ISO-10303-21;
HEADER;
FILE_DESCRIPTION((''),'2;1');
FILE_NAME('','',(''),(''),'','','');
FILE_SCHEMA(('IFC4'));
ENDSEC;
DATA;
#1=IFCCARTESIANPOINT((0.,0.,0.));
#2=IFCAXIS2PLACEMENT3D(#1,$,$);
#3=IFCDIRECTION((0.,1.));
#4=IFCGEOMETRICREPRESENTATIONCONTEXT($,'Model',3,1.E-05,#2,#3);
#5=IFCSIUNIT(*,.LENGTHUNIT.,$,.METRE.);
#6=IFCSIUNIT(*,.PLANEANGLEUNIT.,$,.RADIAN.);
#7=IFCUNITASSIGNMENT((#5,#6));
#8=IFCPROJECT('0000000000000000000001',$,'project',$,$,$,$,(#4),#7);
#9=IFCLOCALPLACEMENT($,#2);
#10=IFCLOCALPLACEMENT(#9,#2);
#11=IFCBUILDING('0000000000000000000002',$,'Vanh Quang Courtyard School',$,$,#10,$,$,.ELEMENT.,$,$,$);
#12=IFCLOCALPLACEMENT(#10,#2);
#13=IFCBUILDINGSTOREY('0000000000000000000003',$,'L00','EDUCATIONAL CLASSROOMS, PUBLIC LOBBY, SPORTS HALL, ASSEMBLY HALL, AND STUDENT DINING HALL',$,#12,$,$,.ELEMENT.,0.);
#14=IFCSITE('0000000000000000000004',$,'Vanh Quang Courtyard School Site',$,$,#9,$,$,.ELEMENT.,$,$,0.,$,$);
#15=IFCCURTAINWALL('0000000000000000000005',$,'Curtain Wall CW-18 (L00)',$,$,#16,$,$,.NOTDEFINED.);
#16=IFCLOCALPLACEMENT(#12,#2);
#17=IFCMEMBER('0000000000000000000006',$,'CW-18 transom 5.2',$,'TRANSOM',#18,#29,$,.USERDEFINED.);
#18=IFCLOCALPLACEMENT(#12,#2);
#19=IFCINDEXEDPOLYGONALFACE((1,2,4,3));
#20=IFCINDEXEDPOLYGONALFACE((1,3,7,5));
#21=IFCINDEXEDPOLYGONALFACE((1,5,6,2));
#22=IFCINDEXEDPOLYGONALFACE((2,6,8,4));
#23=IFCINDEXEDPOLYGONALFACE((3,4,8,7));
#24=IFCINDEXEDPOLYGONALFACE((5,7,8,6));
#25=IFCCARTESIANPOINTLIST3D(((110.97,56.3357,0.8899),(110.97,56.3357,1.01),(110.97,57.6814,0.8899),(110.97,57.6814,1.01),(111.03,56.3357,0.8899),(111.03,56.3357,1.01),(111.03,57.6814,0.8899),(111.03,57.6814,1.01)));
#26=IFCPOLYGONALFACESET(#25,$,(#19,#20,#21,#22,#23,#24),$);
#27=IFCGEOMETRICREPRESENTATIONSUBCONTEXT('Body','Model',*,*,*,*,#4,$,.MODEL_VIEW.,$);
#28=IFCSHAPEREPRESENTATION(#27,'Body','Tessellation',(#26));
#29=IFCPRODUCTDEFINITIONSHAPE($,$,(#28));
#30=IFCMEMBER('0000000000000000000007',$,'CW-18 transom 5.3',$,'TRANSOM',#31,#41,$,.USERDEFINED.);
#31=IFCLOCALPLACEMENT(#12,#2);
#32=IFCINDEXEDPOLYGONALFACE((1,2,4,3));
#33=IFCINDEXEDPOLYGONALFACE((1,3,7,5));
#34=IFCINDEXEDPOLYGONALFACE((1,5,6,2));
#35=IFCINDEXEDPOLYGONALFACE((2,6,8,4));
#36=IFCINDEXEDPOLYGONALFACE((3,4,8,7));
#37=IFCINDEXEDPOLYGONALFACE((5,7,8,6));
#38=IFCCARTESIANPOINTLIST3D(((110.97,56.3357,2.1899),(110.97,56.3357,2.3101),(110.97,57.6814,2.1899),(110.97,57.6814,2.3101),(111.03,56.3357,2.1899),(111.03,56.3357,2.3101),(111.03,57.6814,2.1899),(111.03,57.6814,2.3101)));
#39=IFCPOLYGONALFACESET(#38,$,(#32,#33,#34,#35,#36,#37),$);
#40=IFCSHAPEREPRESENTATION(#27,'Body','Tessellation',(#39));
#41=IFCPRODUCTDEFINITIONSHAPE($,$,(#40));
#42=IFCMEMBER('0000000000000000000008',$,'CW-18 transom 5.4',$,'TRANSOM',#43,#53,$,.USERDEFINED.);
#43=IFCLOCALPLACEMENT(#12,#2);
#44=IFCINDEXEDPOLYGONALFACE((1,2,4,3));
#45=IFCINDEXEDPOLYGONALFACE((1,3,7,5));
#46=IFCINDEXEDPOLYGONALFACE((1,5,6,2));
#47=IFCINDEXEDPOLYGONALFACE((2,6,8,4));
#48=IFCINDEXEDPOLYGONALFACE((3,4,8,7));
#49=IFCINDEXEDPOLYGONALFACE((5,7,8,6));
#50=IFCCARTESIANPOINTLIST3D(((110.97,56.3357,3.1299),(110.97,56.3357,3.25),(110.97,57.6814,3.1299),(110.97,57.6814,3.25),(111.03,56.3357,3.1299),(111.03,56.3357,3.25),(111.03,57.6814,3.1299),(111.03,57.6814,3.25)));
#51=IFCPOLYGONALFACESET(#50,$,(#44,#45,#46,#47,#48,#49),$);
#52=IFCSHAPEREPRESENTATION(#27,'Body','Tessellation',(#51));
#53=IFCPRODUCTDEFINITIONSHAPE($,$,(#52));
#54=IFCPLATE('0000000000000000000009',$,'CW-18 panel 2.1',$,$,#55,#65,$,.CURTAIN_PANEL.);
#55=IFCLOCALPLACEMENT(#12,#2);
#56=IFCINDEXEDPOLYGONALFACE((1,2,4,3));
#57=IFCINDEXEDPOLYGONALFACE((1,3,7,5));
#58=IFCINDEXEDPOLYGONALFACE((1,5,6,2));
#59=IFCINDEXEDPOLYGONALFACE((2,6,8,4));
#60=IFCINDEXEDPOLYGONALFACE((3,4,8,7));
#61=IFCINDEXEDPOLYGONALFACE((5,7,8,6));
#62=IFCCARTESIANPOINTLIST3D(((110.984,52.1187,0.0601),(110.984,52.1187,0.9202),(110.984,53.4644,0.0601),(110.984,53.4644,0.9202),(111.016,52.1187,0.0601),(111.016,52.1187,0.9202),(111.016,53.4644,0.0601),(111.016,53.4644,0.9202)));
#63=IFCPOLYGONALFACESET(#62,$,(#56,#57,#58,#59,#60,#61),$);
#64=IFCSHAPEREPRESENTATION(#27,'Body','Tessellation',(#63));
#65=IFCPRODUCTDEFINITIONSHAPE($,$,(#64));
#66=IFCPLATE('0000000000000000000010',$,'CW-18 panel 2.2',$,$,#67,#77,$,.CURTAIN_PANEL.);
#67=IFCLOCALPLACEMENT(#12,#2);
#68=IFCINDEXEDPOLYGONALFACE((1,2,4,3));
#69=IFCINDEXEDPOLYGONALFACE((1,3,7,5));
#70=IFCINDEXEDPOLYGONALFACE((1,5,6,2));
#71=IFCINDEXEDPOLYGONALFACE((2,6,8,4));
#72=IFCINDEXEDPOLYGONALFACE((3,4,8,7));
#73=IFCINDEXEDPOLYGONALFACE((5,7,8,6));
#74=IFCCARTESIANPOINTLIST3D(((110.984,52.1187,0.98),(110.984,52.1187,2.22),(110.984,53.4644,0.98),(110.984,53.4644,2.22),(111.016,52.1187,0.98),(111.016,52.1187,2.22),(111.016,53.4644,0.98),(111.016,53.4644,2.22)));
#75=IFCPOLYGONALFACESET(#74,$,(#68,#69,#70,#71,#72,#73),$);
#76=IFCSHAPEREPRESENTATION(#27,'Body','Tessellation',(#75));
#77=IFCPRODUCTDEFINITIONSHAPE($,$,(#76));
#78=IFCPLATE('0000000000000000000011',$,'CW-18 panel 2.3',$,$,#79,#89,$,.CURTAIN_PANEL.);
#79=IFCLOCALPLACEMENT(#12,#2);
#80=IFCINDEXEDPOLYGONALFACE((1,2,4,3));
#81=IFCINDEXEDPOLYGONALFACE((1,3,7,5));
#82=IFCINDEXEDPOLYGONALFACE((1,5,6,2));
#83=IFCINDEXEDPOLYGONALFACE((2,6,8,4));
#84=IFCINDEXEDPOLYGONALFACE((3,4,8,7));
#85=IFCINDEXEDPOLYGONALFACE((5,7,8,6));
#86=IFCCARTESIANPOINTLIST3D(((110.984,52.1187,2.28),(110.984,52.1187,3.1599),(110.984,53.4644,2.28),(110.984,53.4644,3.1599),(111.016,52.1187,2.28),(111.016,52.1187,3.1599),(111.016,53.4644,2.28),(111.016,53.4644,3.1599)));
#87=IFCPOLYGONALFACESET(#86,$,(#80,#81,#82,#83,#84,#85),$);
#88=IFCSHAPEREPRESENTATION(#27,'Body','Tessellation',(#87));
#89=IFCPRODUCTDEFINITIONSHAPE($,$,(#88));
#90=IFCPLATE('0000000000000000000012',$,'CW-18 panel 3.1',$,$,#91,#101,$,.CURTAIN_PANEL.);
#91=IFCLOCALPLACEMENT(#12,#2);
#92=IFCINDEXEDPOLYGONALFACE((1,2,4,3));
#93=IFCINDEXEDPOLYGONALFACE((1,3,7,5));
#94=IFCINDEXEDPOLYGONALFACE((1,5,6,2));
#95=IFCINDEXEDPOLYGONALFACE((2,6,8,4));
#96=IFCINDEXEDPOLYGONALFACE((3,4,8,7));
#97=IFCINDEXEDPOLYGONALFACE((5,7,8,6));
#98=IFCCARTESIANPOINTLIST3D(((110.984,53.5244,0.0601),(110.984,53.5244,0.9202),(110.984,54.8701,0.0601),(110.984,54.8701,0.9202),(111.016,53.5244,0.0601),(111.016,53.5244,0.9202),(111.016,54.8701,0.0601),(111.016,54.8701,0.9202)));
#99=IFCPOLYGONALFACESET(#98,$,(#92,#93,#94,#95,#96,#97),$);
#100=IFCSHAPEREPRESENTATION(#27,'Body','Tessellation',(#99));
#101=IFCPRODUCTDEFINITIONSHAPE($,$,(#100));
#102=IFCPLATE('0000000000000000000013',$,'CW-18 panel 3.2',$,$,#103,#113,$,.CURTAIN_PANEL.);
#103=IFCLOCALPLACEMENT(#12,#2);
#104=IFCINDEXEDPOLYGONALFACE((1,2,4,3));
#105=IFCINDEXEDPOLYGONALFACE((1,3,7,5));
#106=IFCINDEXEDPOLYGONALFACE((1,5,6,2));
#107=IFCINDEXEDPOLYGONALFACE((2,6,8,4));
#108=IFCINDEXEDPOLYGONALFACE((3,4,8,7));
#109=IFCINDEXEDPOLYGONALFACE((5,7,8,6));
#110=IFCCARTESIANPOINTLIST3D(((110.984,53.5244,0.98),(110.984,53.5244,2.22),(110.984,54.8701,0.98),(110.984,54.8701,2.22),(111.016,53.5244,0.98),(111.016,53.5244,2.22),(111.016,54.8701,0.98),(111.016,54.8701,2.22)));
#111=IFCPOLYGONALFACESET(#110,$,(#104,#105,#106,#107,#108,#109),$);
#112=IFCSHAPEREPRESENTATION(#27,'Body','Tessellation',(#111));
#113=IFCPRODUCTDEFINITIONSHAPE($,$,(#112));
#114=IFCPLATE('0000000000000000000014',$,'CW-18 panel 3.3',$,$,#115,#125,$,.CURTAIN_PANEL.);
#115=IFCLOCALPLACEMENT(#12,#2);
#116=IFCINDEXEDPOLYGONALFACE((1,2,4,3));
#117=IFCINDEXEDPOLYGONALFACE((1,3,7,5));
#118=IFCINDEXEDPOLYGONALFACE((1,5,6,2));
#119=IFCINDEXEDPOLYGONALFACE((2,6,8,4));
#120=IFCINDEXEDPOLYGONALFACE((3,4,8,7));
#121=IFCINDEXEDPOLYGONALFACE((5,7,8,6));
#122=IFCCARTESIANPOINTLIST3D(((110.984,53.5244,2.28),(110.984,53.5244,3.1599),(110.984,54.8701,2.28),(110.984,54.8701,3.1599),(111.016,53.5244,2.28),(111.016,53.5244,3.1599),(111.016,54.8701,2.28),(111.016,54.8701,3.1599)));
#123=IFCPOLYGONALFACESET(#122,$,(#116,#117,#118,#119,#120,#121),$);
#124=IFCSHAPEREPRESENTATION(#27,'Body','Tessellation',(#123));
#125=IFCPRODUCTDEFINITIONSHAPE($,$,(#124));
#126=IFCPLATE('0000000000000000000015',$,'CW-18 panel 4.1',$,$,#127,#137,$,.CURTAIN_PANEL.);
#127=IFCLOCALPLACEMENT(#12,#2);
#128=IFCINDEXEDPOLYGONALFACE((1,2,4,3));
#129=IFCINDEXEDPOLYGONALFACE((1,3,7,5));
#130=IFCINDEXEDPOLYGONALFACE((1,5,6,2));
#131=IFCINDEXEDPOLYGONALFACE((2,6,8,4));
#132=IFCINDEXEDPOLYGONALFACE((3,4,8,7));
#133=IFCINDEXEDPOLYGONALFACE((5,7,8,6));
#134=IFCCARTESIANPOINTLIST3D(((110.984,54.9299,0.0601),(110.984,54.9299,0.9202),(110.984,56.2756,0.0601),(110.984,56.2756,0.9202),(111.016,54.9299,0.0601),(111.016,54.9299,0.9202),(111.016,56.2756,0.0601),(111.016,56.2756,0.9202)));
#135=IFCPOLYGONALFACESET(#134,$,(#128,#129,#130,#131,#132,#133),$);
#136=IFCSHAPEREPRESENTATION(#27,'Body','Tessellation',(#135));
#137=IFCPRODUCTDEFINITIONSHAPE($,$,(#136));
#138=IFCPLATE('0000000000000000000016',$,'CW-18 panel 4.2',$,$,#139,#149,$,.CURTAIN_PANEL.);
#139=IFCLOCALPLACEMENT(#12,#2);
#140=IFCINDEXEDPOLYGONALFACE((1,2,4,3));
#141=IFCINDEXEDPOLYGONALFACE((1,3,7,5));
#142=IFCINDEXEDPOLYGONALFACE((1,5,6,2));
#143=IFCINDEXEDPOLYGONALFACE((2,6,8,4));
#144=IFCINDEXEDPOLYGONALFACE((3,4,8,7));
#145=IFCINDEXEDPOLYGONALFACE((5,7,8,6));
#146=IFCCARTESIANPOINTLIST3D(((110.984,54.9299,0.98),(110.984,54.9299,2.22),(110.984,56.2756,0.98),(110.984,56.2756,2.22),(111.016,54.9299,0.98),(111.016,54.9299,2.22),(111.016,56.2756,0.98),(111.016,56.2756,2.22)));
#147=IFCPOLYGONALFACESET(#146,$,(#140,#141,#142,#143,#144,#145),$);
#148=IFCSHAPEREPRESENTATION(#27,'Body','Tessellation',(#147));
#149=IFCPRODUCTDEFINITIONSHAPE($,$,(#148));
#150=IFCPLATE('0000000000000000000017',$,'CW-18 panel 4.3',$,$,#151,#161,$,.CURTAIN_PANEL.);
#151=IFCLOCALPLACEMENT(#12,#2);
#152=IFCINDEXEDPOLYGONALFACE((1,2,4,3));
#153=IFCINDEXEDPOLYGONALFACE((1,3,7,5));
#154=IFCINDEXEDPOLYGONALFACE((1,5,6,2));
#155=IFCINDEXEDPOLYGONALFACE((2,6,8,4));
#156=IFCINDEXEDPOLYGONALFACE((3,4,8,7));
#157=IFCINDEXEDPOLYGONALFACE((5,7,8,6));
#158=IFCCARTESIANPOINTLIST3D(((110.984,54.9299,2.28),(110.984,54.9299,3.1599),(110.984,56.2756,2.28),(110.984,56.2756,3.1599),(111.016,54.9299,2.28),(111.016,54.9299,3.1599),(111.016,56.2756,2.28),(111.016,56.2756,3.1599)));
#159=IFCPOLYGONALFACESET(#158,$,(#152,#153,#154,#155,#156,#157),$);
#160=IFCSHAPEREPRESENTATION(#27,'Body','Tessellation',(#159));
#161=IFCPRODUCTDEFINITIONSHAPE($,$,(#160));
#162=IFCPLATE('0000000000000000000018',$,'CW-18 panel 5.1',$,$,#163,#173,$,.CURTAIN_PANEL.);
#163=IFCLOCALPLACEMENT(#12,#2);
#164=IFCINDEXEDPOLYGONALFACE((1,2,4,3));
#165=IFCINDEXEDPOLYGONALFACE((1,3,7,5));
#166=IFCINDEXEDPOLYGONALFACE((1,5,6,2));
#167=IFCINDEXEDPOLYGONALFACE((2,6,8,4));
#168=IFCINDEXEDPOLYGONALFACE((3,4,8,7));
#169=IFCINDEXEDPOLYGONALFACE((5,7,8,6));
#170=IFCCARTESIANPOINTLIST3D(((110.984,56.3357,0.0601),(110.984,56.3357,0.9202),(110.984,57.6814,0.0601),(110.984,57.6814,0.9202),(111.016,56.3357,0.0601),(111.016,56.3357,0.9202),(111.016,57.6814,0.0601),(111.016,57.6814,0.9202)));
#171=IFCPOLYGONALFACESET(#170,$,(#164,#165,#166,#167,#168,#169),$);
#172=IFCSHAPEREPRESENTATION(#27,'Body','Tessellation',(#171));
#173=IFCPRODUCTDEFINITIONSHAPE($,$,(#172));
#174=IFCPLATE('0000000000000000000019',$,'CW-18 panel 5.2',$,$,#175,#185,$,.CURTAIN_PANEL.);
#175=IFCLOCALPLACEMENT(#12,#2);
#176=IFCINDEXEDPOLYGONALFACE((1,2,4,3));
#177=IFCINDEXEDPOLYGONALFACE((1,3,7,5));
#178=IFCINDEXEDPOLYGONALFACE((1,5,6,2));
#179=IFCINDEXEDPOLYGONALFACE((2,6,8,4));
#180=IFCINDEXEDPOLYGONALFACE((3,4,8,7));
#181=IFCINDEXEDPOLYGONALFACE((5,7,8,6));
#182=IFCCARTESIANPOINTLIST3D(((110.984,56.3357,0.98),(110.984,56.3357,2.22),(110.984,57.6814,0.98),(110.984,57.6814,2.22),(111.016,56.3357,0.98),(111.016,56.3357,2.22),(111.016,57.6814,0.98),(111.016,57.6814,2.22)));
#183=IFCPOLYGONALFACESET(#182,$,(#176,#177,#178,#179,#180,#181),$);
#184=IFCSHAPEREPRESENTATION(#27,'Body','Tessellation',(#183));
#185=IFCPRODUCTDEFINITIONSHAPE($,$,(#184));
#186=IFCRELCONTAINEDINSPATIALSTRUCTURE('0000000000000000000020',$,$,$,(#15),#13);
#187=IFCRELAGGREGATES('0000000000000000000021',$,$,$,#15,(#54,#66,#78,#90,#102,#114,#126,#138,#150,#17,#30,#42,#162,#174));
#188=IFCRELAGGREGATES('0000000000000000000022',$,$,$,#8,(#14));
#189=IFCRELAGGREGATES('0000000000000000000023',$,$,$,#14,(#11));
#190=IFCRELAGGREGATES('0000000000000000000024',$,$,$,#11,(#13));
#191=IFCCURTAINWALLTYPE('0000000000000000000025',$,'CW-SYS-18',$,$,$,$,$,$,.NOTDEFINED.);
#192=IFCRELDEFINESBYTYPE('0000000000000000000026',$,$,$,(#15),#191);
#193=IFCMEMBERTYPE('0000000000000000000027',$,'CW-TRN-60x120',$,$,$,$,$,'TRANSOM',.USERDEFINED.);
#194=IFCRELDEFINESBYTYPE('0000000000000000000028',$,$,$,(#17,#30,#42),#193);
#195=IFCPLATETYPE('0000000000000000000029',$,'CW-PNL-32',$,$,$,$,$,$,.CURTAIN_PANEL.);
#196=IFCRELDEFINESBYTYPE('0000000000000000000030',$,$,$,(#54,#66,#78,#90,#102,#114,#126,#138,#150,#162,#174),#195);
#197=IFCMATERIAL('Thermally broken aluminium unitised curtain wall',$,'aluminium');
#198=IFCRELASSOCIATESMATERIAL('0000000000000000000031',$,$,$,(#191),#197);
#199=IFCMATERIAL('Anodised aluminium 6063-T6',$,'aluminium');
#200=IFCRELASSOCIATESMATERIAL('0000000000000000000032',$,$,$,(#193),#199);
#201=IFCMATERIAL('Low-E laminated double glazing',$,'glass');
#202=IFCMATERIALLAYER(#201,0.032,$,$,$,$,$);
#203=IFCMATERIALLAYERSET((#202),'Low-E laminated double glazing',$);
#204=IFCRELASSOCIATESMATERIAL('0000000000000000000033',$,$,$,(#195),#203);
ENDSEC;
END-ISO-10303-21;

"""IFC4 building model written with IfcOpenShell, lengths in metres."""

from ifc_helpers import new_model, si_unit, direction, frame, origin, origin_2d, place, context, subcontext, project, spatial, rectangle, extrude, material, layer, layer_set, material_profile, profile_set, type_object, element, aggregate, save


model = new_model("IFC4")

# Units and contexts
model_context = context("Model", 3, precision=1e-05, world=origin(), true_north=direction((0.0, 1.0)))
body_context = subcontext(model_context, "Body", "Model", "MODEL_VIEW")
ifc_project = project(units=[si_unit("LENGTHUNIT", "METRE"), si_unit("PLANEANGLEUNIT", "RADIAN")], contexts=[model_context])

# Site, building, storey
site_placement = place(None, origin())
site = spatial("IfcSite", under=ifc_project, at=site_placement, Name="Vanh Quang Courtyard School Site", CompositionType="ELEMENT", RefElevation=0.0)
building_placement = place(site_placement, origin())
building = spatial("IfcBuilding", under=site, at=building_placement, Name="Vanh Quang Courtyard School", CompositionType="ELEMENT")
storey_placement = place(building_placement, origin())
storey = spatial("IfcBuildingStorey", under=building, at=storey_placement, Name="L00", Description="EDUCATIONAL CLASSROOMS, PUBLIC LOBBY, SPORTS HALL, ASSEMBLY HALL, AND STUDENT DINING HALL", CompositionType="ELEMENT", Elevation=0.0)

# Curtain wall, members, plates
ifc_material_1 = material(Name="Thermally broken aluminium unitised curtain wall", Category="aluminium")
curtain_wall_type = type_object("IfcCurtainWallType", Name="CW-SYS-18", PredefinedType="NOTDEFINED", material=ifc_material_1)
curtain_wall_placement = place(storey_placement, origin())
curtain_wall = element("IfcCurtainWall", 1, at=curtain_wall_placement, inside=storey, type_object=curtain_wall_type, Name="Curtain Wall CW-18 (L00)", PredefinedType="NOTDEFINED")
ifc_material_2 = material(Name="Anodised aluminium 6063-T6", Category="aluminium")
ifc_material_profile_1 = material_profile(ifc_material_2, rectangle(XDim=0.0601, YDim=0.1201, at=origin_2d()), Name="ALU-TRN 60x120")
ifc_profile_set_1 = profile_set([ifc_material_profile_1], Name="Anodised aluminium 6063-T6")
member_type_1 = type_object("IfcMemberType", Name="CW-TRN-60x120", ElementType="TRANSOM", PredefinedType="USERDEFINED", material=ifc_profile_set_1)
member_1_placement = place(storey_placement, frame((111.0, 56.3357, 0.95), z_axis=(0.0, 1.0, 0.0), x_axis=(-1.0, 0.0, 0.0)))
member_1 = element("IfcMember", 2, at=member_1_placement, type_object=member_type_1, Name="CW-18 transom 5.2", ObjectType="TRANSOM", PredefinedType="USERDEFINED", context=body_context, shape_type="SweptSolid", body=[
    extrude(rectangle(XDim=0.0601, YDim=0.1201, at=origin_2d()), origin(), (0.0, 0.0, 1.0), 1.3457),
])
member_2_placement = place(storey_placement, frame((111.0, 56.3357, 2.25), z_axis=(0.0, 1.0, 0.0), x_axis=(-1.0, 0.0, 0.0)))
member_2 = element("IfcMember", 3, at=member_2_placement, type_object=member_type_1, Name="CW-18 transom 5.3", ObjectType="TRANSOM", PredefinedType="USERDEFINED", context=body_context, shape_type="SweptSolid", body=[
    extrude(rectangle(XDim=0.0601, YDim=0.1201, at=origin_2d()), origin(), (0.0, 0.0, 1.0), 1.3457),
])
member_3_placement = place(storey_placement, frame((111.0, 56.3357, 3.1899), z_axis=(0.0, 1.0, 0.0), x_axis=(-1.0, 0.0, 0.0)))
member_3 = element("IfcMember", 4, at=member_3_placement, type_object=member_type_1, Name="CW-18 transom 5.4", ObjectType="TRANSOM", PredefinedType="USERDEFINED", context=body_context, shape_type="SweptSolid", body=[
    extrude(rectangle(XDim=0.0601, YDim=0.1201, at=origin_2d()), origin(), (0.0, 0.0, 1.0), 1.3457),
])
ifc_material_3 = material(Name="Low-E laminated double glazing", Category="glass")
ifc_layer = layer(ifc_material_3, 0.032)
ifc_layer_set = layer_set([ifc_layer], Name="Low-E laminated double glazing")
plate_type = type_object("IfcPlateType", Name="CW-PNL-32", PredefinedType="CURTAIN_PANEL", material=ifc_layer_set)
plate_1_placement = place(storey_placement, frame((111.0, 52.7915, 0.0601), z_axis=(0.0, 0.0, 1.0), x_axis=(0.0, 1.0, 0.0)))
plate_1 = element("IfcPlate", 5, at=plate_1_placement, type_object=plate_type, Name="CW-18 panel 2.1", PredefinedType="CURTAIN_PANEL", context=body_context, shape_type="SweptSolid", body=[
    extrude(rectangle(XDim=1.3457, YDim=0.032, at=origin_2d()), origin(), (0.0, 0.0, 1.0), 0.8601),
])
plate_2_placement = place(storey_placement, frame((111.0, 52.7915, 0.98), z_axis=(0.0, 0.0, 1.0), x_axis=(0.0, 1.0, 0.0)))
plate_2 = element("IfcPlate", 6, at=plate_2_placement, type_object=plate_type, Name="CW-18 panel 2.2", PredefinedType="CURTAIN_PANEL", context=body_context, shape_type="SweptSolid", body=[
    extrude(rectangle(XDim=1.3457, YDim=0.032, at=origin_2d()), origin(), (0.0, 0.0, 1.0), 1.24),
])
plate_3_placement = place(storey_placement, frame((111.0, 52.7915, 2.28), z_axis=(0.0, 0.0, 1.0), x_axis=(0.0, 1.0, 0.0)))
plate_3 = element("IfcPlate", 7, at=plate_3_placement, type_object=plate_type, Name="CW-18 panel 2.3", PredefinedType="CURTAIN_PANEL", context=body_context, shape_type="SweptSolid", body=[
    extrude(rectangle(XDim=1.3457, YDim=0.032, at=origin_2d()), origin(), (0.0, 0.0, 1.0), 0.8799),
])
plate_4_placement = place(storey_placement, frame((111.0, 54.1973, 0.0601), z_axis=(0.0, 0.0, 1.0), x_axis=(0.0, 1.0, 0.0)))
plate_4 = element("IfcPlate", 8, at=plate_4_placement, type_object=plate_type, Name="CW-18 panel 3.1", PredefinedType="CURTAIN_PANEL", context=body_context, shape_type="SweptSolid", body=[
    extrude(rectangle(XDim=1.3457, YDim=0.032, at=origin_2d()), origin(), (0.0, 0.0, 1.0), 0.8601),
])
plate_5_placement = place(storey_placement, frame((111.0, 54.1973, 0.98), z_axis=(0.0, 0.0, 1.0), x_axis=(0.0, 1.0, 0.0)))
plate_5 = element("IfcPlate", 9, at=plate_5_placement, type_object=plate_type, Name="CW-18 panel 3.2", PredefinedType="CURTAIN_PANEL", context=body_context, shape_type="SweptSolid", body=[
    extrude(rectangle(XDim=1.3457, YDim=0.032, at=origin_2d()), origin(), (0.0, 0.0, 1.0), 1.24),
])
plate_6_placement = place(storey_placement, frame((111.0, 54.1973, 2.28), z_axis=(0.0, 0.0, 1.0), x_axis=(0.0, 1.0, 0.0)))
plate_6 = element("IfcPlate", 10, at=plate_6_placement, type_object=plate_type, Name="CW-18 panel 3.3", PredefinedType="CURTAIN_PANEL", context=body_context, shape_type="SweptSolid", body=[
    extrude(rectangle(XDim=1.3457, YDim=0.032, at=origin_2d()), origin(), (0.0, 0.0, 1.0), 0.8799),
])
plate_7_placement = place(storey_placement, frame((111.0, 55.6028, 0.0601), z_axis=(0.0, 0.0, 1.0), x_axis=(0.0, 1.0, 0.0)))
plate_7 = element("IfcPlate", 11, at=plate_7_placement, type_object=plate_type, Name="CW-18 panel 4.1", PredefinedType="CURTAIN_PANEL", context=body_context, shape_type="SweptSolid", body=[
    extrude(rectangle(XDim=1.3457, YDim=0.032, at=origin_2d()), origin(), (0.0, 0.0, 1.0), 0.8601),
])
plate_8_placement = place(storey_placement, frame((111.0, 55.6028, 0.98), z_axis=(0.0, 0.0, 1.0), x_axis=(0.0, 1.0, 0.0)))
plate_8 = element("IfcPlate", 12, at=plate_8_placement, type_object=plate_type, Name="CW-18 panel 4.2", PredefinedType="CURTAIN_PANEL", context=body_context, shape_type="SweptSolid", body=[
    extrude(rectangle(XDim=1.3457, YDim=0.032, at=origin_2d()), origin(), (0.0, 0.0, 1.0), 1.24),
])
plate_9_placement = place(storey_placement, frame((111.0, 55.6028, 2.28), z_axis=(0.0, 0.0, 1.0), x_axis=(0.0, 1.0, 0.0)))
plate_9 = element("IfcPlate", 13, at=plate_9_placement, type_object=plate_type, Name="CW-18 panel 4.3", PredefinedType="CURTAIN_PANEL", context=body_context, shape_type="SweptSolid", body=[
    extrude(rectangle(XDim=1.3457, YDim=0.032, at=origin_2d()), origin(), (0.0, 0.0, 1.0), 0.8799),
])
plate_10_placement = place(storey_placement, frame((111.0, 57.0085, 0.0601), z_axis=(0.0, 0.0, 1.0), x_axis=(0.0, 1.0, 0.0)))
plate_10 = element("IfcPlate", 14, at=plate_10_placement, type_object=plate_type, Name="CW-18 panel 5.1", PredefinedType="CURTAIN_PANEL", context=body_context, shape_type="SweptSolid", body=[
    extrude(rectangle(XDim=1.3457, YDim=0.032, at=origin_2d()), origin(), (0.0, 0.0, 1.0), 0.8601),
])
plate_11_placement = place(storey_placement, frame((111.0, 57.0085, 0.98), z_axis=(0.0, 0.0, 1.0), x_axis=(0.0, 1.0, 0.0)))
plate_11 = element("IfcPlate", 15, at=plate_11_placement, type_object=plate_type, Name="CW-18 panel 5.2", PredefinedType="CURTAIN_PANEL", context=body_context, shape_type="SweptSolid", body=[
    extrude(rectangle(XDim=1.3457, YDim=0.032, at=origin_2d()), origin(), (0.0, 0.0, 1.0), 1.24),
])
aggregate(curtain_wall, [plate_1, plate_2, plate_3, plate_4, plate_5, plate_6, plate_7, plate_8, plate_9, member_1, member_2, member_3, plate_10, plate_11])

save(model, "model.ifc")
